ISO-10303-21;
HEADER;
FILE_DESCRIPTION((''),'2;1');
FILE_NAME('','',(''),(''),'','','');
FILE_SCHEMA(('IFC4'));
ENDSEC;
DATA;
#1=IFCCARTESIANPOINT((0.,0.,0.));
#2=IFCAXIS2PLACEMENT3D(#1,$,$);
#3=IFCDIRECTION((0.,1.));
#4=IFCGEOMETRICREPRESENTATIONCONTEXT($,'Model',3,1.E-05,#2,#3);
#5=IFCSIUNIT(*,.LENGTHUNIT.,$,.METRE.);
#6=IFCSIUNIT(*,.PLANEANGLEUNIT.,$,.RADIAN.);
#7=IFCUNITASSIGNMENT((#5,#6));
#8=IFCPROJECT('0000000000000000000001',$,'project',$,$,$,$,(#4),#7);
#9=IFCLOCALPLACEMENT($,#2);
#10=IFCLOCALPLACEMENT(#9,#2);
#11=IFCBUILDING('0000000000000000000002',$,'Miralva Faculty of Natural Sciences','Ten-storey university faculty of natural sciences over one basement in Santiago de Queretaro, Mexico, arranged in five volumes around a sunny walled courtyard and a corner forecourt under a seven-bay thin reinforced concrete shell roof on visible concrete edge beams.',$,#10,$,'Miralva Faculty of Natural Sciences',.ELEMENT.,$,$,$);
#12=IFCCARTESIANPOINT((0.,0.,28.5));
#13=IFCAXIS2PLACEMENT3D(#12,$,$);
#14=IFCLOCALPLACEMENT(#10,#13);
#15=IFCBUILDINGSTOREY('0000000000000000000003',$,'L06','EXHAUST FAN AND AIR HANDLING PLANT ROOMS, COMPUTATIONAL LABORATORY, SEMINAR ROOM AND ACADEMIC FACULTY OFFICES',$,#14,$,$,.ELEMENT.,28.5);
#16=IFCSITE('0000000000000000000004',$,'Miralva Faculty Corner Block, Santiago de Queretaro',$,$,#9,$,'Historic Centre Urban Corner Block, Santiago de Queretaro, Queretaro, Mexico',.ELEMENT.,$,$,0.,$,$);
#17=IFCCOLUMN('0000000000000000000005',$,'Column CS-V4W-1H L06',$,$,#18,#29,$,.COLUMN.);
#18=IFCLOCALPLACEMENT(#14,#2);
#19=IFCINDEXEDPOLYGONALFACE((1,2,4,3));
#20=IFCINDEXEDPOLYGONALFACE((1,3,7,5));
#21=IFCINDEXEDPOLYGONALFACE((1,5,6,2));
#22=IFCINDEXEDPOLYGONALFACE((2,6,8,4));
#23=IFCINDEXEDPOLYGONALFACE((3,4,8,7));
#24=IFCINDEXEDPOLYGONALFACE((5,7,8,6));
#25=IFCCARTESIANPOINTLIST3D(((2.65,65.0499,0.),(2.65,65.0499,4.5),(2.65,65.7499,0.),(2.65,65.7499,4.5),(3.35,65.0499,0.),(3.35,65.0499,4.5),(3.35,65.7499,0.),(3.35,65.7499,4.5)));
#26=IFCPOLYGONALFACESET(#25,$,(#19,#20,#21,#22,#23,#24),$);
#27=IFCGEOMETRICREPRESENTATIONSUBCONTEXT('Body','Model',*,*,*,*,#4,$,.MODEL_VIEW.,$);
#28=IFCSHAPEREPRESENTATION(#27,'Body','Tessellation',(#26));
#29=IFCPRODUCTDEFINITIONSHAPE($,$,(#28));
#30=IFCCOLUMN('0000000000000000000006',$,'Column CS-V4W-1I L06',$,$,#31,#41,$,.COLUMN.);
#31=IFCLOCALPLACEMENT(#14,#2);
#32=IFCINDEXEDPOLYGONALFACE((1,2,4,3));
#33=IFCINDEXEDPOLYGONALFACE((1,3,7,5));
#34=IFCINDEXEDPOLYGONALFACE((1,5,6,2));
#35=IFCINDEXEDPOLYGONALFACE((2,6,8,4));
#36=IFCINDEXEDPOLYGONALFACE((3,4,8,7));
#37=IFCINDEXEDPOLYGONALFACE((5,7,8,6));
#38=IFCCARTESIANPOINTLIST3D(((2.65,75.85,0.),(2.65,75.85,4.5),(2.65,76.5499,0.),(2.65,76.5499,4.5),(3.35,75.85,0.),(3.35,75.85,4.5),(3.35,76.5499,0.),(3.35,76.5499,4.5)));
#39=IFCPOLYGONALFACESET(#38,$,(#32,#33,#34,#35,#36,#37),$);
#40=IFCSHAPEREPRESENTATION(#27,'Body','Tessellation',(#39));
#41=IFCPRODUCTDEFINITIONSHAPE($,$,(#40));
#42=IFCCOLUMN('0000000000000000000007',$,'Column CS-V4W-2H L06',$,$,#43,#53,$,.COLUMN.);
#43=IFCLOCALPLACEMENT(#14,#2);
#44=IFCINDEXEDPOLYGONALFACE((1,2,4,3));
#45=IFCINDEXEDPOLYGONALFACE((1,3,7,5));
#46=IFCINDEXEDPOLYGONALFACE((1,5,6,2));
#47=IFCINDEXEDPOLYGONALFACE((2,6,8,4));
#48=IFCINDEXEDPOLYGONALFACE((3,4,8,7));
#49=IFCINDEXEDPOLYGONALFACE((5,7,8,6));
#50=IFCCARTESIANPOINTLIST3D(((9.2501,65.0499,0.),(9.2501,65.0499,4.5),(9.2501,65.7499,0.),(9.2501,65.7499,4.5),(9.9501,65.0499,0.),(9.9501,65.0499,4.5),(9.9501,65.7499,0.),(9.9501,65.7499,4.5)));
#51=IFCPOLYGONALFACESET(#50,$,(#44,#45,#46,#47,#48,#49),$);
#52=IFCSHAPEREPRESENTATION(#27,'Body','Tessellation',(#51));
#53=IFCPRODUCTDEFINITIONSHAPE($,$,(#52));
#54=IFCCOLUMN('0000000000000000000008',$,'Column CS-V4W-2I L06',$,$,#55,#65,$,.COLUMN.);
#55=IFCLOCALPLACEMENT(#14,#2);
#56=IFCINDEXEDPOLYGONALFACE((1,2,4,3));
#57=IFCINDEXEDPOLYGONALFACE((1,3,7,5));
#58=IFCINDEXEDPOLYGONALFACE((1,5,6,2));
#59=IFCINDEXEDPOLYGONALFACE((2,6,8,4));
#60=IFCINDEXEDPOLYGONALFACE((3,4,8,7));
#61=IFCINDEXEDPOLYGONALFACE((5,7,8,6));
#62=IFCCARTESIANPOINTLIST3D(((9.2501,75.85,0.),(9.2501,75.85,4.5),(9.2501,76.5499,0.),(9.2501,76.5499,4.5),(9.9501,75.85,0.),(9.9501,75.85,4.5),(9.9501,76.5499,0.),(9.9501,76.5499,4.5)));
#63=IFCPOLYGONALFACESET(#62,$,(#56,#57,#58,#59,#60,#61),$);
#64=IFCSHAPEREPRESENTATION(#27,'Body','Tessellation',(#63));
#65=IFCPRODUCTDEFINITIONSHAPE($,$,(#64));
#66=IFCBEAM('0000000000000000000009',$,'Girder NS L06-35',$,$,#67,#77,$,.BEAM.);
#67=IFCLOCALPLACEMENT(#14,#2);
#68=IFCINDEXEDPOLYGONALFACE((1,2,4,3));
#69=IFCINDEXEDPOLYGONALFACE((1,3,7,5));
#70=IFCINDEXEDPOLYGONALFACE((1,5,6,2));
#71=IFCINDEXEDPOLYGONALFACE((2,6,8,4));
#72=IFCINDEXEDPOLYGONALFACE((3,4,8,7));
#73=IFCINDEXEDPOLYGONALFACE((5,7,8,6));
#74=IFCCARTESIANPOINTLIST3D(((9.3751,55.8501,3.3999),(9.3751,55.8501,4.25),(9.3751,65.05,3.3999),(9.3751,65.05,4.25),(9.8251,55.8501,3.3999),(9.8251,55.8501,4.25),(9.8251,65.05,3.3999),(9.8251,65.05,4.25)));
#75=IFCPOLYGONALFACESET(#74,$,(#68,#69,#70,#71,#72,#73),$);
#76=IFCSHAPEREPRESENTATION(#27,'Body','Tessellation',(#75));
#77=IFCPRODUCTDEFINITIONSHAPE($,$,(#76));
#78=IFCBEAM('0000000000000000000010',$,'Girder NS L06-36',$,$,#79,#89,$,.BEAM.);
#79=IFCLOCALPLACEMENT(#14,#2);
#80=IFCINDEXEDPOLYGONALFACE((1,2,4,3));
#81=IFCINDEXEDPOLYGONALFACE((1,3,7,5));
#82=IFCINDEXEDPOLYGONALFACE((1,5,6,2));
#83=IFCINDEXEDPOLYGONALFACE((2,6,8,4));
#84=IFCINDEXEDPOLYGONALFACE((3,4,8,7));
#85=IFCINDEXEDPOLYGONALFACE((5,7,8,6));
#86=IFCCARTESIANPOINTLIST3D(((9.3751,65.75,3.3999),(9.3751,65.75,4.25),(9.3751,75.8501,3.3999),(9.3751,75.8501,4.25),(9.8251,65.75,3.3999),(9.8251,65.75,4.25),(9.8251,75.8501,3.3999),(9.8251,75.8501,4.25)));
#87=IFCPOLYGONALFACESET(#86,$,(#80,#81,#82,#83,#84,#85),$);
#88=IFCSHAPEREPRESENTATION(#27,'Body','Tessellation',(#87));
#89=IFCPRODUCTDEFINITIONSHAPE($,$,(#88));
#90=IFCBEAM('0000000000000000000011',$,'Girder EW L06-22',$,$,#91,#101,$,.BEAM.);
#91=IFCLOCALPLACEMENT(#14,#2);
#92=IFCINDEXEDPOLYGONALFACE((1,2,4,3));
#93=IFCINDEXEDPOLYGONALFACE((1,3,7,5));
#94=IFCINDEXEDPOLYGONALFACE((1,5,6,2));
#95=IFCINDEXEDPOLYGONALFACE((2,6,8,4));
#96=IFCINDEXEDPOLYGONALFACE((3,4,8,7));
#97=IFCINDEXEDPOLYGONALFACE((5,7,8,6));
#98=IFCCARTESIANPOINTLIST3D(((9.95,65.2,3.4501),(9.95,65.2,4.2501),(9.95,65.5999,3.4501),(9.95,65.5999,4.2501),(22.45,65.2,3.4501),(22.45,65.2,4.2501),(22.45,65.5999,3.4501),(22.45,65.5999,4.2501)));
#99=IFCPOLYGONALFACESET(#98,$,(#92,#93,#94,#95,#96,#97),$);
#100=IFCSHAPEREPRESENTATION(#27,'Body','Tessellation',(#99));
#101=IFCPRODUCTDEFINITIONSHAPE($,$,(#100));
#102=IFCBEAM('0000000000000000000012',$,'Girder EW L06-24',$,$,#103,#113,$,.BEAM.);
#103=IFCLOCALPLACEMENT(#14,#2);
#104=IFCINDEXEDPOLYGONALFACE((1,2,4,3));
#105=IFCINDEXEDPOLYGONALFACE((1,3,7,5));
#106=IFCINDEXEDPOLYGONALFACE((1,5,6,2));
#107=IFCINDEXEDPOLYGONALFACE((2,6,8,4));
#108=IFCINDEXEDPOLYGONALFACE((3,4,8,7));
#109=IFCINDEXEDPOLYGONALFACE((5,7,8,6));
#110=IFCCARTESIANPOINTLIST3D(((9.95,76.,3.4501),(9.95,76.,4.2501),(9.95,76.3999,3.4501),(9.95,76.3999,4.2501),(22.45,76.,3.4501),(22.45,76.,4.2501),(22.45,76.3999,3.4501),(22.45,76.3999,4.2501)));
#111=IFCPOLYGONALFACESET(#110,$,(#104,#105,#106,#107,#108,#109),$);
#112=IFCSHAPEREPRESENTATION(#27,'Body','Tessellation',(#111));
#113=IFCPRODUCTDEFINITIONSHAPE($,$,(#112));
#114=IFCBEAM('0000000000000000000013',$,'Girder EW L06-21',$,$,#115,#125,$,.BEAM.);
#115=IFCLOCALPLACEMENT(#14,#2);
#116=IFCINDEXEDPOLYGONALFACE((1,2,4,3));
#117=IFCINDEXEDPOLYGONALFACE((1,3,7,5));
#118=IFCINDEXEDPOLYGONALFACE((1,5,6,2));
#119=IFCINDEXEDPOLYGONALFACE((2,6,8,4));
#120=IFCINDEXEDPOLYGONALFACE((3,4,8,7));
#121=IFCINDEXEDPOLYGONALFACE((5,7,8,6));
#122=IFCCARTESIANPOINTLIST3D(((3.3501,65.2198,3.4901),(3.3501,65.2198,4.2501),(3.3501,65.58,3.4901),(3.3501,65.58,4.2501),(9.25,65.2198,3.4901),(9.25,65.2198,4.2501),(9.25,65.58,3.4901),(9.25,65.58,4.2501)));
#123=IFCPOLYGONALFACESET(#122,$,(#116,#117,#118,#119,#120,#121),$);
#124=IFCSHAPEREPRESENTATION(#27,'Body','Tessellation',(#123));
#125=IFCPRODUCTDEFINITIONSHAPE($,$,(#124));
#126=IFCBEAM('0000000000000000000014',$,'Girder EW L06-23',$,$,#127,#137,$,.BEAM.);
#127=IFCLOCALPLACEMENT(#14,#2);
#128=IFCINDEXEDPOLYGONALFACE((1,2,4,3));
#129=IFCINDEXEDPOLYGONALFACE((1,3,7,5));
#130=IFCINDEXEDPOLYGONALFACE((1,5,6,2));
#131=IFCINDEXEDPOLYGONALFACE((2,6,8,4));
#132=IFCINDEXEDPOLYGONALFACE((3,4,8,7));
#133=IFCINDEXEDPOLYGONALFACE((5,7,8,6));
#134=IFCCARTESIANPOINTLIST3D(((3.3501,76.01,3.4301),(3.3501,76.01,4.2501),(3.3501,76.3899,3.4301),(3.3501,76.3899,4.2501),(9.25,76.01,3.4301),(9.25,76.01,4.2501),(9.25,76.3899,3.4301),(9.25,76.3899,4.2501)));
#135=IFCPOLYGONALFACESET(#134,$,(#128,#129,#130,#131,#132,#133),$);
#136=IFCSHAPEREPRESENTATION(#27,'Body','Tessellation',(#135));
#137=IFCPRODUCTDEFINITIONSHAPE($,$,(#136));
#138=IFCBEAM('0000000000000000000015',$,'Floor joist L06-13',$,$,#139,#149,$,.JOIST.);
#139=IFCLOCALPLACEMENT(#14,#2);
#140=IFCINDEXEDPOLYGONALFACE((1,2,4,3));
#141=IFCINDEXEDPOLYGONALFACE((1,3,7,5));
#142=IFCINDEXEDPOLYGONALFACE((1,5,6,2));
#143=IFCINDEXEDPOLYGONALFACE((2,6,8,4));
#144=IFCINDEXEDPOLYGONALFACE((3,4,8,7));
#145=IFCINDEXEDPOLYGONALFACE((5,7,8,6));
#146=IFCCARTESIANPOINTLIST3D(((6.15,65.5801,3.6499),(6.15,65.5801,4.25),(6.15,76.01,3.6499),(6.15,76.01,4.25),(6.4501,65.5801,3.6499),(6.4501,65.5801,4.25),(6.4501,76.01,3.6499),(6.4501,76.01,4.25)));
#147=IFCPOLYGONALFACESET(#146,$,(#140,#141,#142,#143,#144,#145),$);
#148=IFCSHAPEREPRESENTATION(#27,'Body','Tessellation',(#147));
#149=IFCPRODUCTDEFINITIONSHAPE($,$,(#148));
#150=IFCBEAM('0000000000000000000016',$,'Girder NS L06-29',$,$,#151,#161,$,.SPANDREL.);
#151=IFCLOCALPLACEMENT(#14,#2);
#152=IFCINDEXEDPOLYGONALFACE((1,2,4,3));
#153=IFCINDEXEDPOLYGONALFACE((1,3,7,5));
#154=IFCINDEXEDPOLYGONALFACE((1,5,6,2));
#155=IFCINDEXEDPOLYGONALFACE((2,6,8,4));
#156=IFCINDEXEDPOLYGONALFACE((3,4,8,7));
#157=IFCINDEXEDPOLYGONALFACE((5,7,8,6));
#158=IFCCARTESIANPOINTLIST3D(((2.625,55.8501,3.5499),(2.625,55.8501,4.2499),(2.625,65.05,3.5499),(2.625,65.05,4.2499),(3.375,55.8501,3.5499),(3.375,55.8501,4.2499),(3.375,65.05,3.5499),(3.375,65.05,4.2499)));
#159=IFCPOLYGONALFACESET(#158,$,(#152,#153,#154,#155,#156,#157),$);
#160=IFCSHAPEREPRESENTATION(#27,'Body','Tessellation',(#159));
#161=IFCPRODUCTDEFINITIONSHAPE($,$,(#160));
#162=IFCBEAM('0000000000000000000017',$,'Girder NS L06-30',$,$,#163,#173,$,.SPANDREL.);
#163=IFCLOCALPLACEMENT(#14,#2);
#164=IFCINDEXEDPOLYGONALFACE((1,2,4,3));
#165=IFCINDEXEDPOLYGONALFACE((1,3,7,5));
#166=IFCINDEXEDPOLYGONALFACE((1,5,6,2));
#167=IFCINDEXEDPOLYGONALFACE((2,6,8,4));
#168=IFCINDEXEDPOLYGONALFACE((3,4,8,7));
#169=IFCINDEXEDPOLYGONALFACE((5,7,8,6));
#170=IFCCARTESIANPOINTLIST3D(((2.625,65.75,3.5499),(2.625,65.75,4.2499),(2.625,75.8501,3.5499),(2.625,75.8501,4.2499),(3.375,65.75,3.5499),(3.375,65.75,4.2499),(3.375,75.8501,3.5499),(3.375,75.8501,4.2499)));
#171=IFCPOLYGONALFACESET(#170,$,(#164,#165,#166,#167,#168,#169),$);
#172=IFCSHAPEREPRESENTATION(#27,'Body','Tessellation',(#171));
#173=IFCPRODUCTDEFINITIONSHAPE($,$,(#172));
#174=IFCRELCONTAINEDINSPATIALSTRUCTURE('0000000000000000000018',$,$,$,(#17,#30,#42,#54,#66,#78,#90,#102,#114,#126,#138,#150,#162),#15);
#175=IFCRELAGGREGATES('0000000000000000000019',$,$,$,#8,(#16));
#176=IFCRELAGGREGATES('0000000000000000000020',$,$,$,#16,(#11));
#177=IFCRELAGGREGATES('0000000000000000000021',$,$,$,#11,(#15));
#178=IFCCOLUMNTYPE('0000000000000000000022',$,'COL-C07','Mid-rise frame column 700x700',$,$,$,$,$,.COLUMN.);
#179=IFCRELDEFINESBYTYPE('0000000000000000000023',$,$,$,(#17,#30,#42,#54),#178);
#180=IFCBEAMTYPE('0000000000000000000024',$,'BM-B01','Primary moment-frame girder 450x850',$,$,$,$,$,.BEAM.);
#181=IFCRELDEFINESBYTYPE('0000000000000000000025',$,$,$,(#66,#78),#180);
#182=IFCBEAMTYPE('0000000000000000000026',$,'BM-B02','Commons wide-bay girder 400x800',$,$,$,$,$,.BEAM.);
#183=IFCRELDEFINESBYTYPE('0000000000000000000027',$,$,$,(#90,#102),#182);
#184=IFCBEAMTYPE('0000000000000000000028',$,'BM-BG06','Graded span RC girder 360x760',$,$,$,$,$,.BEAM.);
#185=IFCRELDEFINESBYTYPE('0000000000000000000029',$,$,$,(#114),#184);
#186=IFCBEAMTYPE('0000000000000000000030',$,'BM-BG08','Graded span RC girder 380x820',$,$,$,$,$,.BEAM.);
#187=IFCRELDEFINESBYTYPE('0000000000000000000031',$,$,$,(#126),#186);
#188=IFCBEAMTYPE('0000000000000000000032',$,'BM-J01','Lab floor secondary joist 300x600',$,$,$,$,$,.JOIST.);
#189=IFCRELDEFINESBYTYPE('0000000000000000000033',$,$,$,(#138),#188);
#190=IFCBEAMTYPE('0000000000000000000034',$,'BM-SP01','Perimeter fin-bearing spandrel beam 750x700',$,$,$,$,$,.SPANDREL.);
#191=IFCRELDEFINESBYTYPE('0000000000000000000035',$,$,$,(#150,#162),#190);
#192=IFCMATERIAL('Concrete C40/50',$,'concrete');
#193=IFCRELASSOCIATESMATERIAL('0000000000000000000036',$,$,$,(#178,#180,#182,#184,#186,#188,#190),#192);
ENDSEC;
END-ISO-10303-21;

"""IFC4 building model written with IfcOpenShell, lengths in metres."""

from ifc_helpers import new_model, si_unit, direction, frame, origin, origin_2d, place, context, subcontext, project, spatial, rectangle, extrude, material, material_profile, profile_set, type_object, element, save


model = new_model("IFC4")

# Units and contexts
model_context = context("Model", 3, precision=1e-05, world=origin(), true_north=direction((0.0, 1.0)))
body_context = subcontext(model_context, "Body", "Model", "MODEL_VIEW")
ifc_project = project(units=[si_unit("LENGTHUNIT", "METRE"), si_unit("PLANEANGLEUNIT", "RADIAN")], contexts=[model_context])

# Site, building, storey
site_placement = place(None, origin())
site = spatial("IfcSite", under=ifc_project, at=site_placement, Name="Miralva Faculty Corner Block, Santiago de Queretaro", LongName="Historic Centre Urban Corner Block, Santiago de Queretaro, Queretaro, Mexico", CompositionType="ELEMENT", RefElevation=0.0)
building_placement = place(site_placement, origin())
building = spatial("IfcBuilding", under=site, at=building_placement, Name="Miralva Faculty of Natural Sciences", Description="Ten-storey university faculty of natural sciences over one basement in Santiago de Queretaro, Mexico, arranged in five volumes around a sunny walled courtyard and a corner forecourt under a seven-bay thin reinforced concrete shell roof on visible concrete edge beams.", LongName="Miralva Faculty of Natural Sciences", CompositionType="ELEMENT")
storey_placement = place(building_placement, frame((0.0, 0.0, 28.5)))
storey = spatial("IfcBuildingStorey", under=building, at=storey_placement, Name="L06", Description="EXHAUST FAN AND AIR HANDLING PLANT ROOMS, COMPUTATIONAL LABORATORY, SEMINAR ROOM AND ACADEMIC FACULTY OFFICES", CompositionType="ELEMENT", Elevation=28.5)

# Columns
ifc_material_1 = material(Name="Concrete C40/50", Category="concrete")
ifc_material_profile_1 = material_profile(ifc_material_1, rectangle(XDim=0.7, YDim=0.7, at=origin_2d()), Name="RC 700x700")
ifc_profile_set_1 = profile_set([ifc_material_profile_1], Name="Concrete C40/50")
column_type = type_object("IfcColumnType", Name="COL-C07", Description="Mid-rise frame column 700x700", PredefinedType="COLUMN", material=ifc_profile_set_1)
for number, where, z_axis, x_axis, name in (
    (1, (3.0, 65.3999, 0.0), (0.0, 0.0, 1.0), (1.0, 0.0, 0.0), "Column CS-V4W-1H L06"),
    (2, (3.0, 76.2, 0.0), (0.0, 0.0, 1.0), (1.0, 0.0, 0.0), "Column CS-V4W-1I L06"),
    (3, (9.6001, 65.3999, 0.0), (0.0, 0.0, 1.0), (1.0, 0.0, 0.0), "Column CS-V4W-2H L06"),
    (4, (9.6001, 76.2, 0.0), (0.0, 0.0, 1.0), (1.0, 0.0, 0.0), "Column CS-V4W-2I L06"),
):
    element("IfcColumn", number, at=place(storey_placement, frame(where, z_axis=z_axis, x_axis=x_axis)), inside=storey, type_object=column_type, Name=name, PredefinedType="COLUMN", context=body_context, shape_type="SweptSolid", body=[
        extrude(rectangle(XDim=0.7, YDim=0.7, at=origin_2d()), origin(), (0.0, 0.0, 1.0), 4.5),
    ])

# Beams
ifc_material_profile_2 = material_profile(ifc_material_1, rectangle(XDim=0.45, YDim=0.8501, at=origin_2d()), Name="RC 450x850")
ifc_profile_set_2 = profile_set([ifc_material_profile_2], Name="Concrete C40/50")
beam_type_1 = type_object("IfcBeamType", Name="BM-B01", Description="Primary moment-frame girder 450x850", PredefinedType="BEAM", material=ifc_profile_set_2)
beam_1_placement = place(storey_placement, frame((9.6001, 55.8501, 3.825), z_axis=(0.0, 1.0, 0.0), x_axis=(-1.0, 0.0, 0.0)))
element("IfcBeam", 5, at=beam_1_placement, inside=storey, type_object=beam_type_1, Name="Girder NS L06-35", PredefinedType="BEAM", context=body_context, shape_type="SweptSolid", body=[
    extrude(rectangle(XDim=0.45, YDim=0.8501, at=origin_2d()), origin(), (0.0, 0.0, 1.0), 9.2),
])
beam_2_placement = place(storey_placement, frame((9.6001, 65.75, 3.825), z_axis=(0.0, 1.0, 0.0), x_axis=(-1.0, 0.0, 0.0)))
element("IfcBeam", 6, at=beam_2_placement, inside=storey, type_object=beam_type_1, Name="Girder NS L06-36", PredefinedType="BEAM", context=body_context, shape_type="SweptSolid", body=[
    extrude(rectangle(XDim=0.45, YDim=0.8501, at=origin_2d()), origin(), (0.0, 0.0, 1.0), 10.1001),
])
ifc_material_profile_3 = material_profile(ifc_material_1, rectangle(XDim=0.3999, YDim=0.8, at=origin_2d()), Name="RC 400x800")
ifc_profile_set_3 = profile_set([ifc_material_profile_3], Name="Concrete C40/50")
beam_type_2 = type_object("IfcBeamType", Name="BM-B02", Description="Commons wide-bay girder 400x800", PredefinedType="BEAM", material=ifc_profile_set_3)
for number, where, z_axis, x_axis, name in (
    (7, (9.95, 65.3999, 3.8501), (1.0, 0.0, 0.0), (0.0, 1.0, 0.0), "Girder EW L06-22"),
    (8, (9.95, 76.2, 3.8501), (1.0, 0.0, 0.0), (0.0, 1.0, 0.0), "Girder EW L06-24"),
):
    element("IfcBeam", number, at=place(storey_placement, frame(where, z_axis=z_axis, x_axis=x_axis)), inside=storey, type_object=beam_type_2, Name=name, PredefinedType="BEAM", context=body_context, shape_type="SweptSolid", body=[
        extrude(rectangle(XDim=0.3999, YDim=0.8, at=origin_2d()), origin(), (0.0, 0.0, 1.0), 12.5),
    ])
ifc_material_profile_4 = material_profile(ifc_material_1, rectangle(XDim=0.3601, YDim=0.76, at=origin_2d()), Name="RC 360x760")
ifc_profile_set_4 = profile_set([ifc_material_profile_4], Name="Concrete C40/50")
beam_type_3 = type_object("IfcBeamType", Name="BM-BG06", Description="Graded span RC girder 360x760", PredefinedType="BEAM", material=ifc_profile_set_4)
beam_3_placement = place(storey_placement, frame((3.3501, 65.3999, 3.8701), z_axis=(1.0, 0.0, 0.0), x_axis=(0.0, 1.0, 0.0)))
element("IfcBeam", 9, at=beam_3_placement, inside=storey, type_object=beam_type_3, Name="Girder EW L06-21", PredefinedType="BEAM", context=body_context, shape_type="SweptSolid", body=[
    extrude(rectangle(XDim=0.3601, YDim=0.76, at=origin_2d()), origin(), (0.0, 0.0, 1.0), 5.8999),
])
ifc_material_profile_5 = material_profile(ifc_material_1, rectangle(XDim=0.3799, YDim=0.8201, at=origin_2d()), Name="RC 380x820")
ifc_profile_set_5 = profile_set([ifc_material_profile_5], Name="Concrete C40/50")
beam_type_4 = type_object("IfcBeamType", Name="BM-BG08", Description="Graded span RC girder 380x820", PredefinedType="BEAM", material=ifc_profile_set_5)
beam_4_placement = place(storey_placement, frame((3.3501, 76.2, 3.8401), z_axis=(1.0, 0.0, 0.0), x_axis=(0.0, 1.0, 0.0)))
element("IfcBeam", 10, at=beam_4_placement, inside=storey, type_object=beam_type_4, Name="Girder EW L06-23", PredefinedType="BEAM", context=body_context, shape_type="SweptSolid", body=[
    extrude(rectangle(XDim=0.3799, YDim=0.8201, at=origin_2d()), origin(), (0.0, 0.0, 1.0), 5.8999),
])
ifc_material_profile_6 = material_profile(ifc_material_1, rectangle(XDim=0.3, YDim=0.6001, at=origin_2d()), Name="RC 300x600")
ifc_profile_set_6 = profile_set([ifc_material_profile_6], Name="Concrete C40/50")
beam_type_5 = type_object("IfcBeamType", Name="BM-J01", Description="Lab floor secondary joist 300x600", PredefinedType="JOIST", material=ifc_profile_set_6)
beam_5_placement = place(storey_placement, frame((6.3, 65.5801, 3.95), z_axis=(0.0, 1.0, 0.0), x_axis=(-1.0, 0.0, 0.0)))
element("IfcBeam", 11, at=beam_5_placement, inside=storey, type_object=beam_type_5, Name="Floor joist L06-13", PredefinedType="JOIST", context=body_context, shape_type="SweptSolid", body=[
    extrude(rectangle(XDim=0.3, YDim=0.6001, at=origin_2d()), origin(), (0.0, 0.0, 1.0), 10.4299),
])
ifc_material_profile_7 = material_profile(ifc_material_1, rectangle(XDim=0.75, YDim=0.7, at=origin_2d()), Name="RC 750x700")
ifc_profile_set_7 = profile_set([ifc_material_profile_7], Name="Concrete C40/50")
beam_type_6 = type_object("IfcBeamType", Name="BM-SP01", Description="Perimeter fin-bearing spandrel beam 750x700", PredefinedType="SPANDREL", material=ifc_profile_set_7)
beam_6_placement = place(storey_placement, frame((3.0, 55.8501, 3.8999), z_axis=(0.0, 1.0, 0.0), x_axis=(-1.0, 0.0, 0.0)))
element("IfcBeam", 12, at=beam_6_placement, inside=storey, type_object=beam_type_6, Name="Girder NS L06-29", PredefinedType="SPANDREL", context=body_context, shape_type="SweptSolid", body=[
    extrude(rectangle(XDim=0.75, YDim=0.7, at=origin_2d()), origin(), (0.0, 0.0, 1.0), 9.2),
])
beam_7_placement = place(storey_placement, frame((3.0, 65.75, 3.8999), z_axis=(0.0, 1.0, 0.0), x_axis=(-1.0, 0.0, 0.0)))
element("IfcBeam", 13, at=beam_7_placement, inside=storey, type_object=beam_type_6, Name="Girder NS L06-30", PredefinedType="SPANDREL", context=body_context, shape_type="SweptSolid", body=[
    extrude(rectangle(XDim=0.75, YDim=0.7, at=origin_2d()), origin(), (0.0, 0.0, 1.0), 10.1001),
])

save(model, "model.ifc")
